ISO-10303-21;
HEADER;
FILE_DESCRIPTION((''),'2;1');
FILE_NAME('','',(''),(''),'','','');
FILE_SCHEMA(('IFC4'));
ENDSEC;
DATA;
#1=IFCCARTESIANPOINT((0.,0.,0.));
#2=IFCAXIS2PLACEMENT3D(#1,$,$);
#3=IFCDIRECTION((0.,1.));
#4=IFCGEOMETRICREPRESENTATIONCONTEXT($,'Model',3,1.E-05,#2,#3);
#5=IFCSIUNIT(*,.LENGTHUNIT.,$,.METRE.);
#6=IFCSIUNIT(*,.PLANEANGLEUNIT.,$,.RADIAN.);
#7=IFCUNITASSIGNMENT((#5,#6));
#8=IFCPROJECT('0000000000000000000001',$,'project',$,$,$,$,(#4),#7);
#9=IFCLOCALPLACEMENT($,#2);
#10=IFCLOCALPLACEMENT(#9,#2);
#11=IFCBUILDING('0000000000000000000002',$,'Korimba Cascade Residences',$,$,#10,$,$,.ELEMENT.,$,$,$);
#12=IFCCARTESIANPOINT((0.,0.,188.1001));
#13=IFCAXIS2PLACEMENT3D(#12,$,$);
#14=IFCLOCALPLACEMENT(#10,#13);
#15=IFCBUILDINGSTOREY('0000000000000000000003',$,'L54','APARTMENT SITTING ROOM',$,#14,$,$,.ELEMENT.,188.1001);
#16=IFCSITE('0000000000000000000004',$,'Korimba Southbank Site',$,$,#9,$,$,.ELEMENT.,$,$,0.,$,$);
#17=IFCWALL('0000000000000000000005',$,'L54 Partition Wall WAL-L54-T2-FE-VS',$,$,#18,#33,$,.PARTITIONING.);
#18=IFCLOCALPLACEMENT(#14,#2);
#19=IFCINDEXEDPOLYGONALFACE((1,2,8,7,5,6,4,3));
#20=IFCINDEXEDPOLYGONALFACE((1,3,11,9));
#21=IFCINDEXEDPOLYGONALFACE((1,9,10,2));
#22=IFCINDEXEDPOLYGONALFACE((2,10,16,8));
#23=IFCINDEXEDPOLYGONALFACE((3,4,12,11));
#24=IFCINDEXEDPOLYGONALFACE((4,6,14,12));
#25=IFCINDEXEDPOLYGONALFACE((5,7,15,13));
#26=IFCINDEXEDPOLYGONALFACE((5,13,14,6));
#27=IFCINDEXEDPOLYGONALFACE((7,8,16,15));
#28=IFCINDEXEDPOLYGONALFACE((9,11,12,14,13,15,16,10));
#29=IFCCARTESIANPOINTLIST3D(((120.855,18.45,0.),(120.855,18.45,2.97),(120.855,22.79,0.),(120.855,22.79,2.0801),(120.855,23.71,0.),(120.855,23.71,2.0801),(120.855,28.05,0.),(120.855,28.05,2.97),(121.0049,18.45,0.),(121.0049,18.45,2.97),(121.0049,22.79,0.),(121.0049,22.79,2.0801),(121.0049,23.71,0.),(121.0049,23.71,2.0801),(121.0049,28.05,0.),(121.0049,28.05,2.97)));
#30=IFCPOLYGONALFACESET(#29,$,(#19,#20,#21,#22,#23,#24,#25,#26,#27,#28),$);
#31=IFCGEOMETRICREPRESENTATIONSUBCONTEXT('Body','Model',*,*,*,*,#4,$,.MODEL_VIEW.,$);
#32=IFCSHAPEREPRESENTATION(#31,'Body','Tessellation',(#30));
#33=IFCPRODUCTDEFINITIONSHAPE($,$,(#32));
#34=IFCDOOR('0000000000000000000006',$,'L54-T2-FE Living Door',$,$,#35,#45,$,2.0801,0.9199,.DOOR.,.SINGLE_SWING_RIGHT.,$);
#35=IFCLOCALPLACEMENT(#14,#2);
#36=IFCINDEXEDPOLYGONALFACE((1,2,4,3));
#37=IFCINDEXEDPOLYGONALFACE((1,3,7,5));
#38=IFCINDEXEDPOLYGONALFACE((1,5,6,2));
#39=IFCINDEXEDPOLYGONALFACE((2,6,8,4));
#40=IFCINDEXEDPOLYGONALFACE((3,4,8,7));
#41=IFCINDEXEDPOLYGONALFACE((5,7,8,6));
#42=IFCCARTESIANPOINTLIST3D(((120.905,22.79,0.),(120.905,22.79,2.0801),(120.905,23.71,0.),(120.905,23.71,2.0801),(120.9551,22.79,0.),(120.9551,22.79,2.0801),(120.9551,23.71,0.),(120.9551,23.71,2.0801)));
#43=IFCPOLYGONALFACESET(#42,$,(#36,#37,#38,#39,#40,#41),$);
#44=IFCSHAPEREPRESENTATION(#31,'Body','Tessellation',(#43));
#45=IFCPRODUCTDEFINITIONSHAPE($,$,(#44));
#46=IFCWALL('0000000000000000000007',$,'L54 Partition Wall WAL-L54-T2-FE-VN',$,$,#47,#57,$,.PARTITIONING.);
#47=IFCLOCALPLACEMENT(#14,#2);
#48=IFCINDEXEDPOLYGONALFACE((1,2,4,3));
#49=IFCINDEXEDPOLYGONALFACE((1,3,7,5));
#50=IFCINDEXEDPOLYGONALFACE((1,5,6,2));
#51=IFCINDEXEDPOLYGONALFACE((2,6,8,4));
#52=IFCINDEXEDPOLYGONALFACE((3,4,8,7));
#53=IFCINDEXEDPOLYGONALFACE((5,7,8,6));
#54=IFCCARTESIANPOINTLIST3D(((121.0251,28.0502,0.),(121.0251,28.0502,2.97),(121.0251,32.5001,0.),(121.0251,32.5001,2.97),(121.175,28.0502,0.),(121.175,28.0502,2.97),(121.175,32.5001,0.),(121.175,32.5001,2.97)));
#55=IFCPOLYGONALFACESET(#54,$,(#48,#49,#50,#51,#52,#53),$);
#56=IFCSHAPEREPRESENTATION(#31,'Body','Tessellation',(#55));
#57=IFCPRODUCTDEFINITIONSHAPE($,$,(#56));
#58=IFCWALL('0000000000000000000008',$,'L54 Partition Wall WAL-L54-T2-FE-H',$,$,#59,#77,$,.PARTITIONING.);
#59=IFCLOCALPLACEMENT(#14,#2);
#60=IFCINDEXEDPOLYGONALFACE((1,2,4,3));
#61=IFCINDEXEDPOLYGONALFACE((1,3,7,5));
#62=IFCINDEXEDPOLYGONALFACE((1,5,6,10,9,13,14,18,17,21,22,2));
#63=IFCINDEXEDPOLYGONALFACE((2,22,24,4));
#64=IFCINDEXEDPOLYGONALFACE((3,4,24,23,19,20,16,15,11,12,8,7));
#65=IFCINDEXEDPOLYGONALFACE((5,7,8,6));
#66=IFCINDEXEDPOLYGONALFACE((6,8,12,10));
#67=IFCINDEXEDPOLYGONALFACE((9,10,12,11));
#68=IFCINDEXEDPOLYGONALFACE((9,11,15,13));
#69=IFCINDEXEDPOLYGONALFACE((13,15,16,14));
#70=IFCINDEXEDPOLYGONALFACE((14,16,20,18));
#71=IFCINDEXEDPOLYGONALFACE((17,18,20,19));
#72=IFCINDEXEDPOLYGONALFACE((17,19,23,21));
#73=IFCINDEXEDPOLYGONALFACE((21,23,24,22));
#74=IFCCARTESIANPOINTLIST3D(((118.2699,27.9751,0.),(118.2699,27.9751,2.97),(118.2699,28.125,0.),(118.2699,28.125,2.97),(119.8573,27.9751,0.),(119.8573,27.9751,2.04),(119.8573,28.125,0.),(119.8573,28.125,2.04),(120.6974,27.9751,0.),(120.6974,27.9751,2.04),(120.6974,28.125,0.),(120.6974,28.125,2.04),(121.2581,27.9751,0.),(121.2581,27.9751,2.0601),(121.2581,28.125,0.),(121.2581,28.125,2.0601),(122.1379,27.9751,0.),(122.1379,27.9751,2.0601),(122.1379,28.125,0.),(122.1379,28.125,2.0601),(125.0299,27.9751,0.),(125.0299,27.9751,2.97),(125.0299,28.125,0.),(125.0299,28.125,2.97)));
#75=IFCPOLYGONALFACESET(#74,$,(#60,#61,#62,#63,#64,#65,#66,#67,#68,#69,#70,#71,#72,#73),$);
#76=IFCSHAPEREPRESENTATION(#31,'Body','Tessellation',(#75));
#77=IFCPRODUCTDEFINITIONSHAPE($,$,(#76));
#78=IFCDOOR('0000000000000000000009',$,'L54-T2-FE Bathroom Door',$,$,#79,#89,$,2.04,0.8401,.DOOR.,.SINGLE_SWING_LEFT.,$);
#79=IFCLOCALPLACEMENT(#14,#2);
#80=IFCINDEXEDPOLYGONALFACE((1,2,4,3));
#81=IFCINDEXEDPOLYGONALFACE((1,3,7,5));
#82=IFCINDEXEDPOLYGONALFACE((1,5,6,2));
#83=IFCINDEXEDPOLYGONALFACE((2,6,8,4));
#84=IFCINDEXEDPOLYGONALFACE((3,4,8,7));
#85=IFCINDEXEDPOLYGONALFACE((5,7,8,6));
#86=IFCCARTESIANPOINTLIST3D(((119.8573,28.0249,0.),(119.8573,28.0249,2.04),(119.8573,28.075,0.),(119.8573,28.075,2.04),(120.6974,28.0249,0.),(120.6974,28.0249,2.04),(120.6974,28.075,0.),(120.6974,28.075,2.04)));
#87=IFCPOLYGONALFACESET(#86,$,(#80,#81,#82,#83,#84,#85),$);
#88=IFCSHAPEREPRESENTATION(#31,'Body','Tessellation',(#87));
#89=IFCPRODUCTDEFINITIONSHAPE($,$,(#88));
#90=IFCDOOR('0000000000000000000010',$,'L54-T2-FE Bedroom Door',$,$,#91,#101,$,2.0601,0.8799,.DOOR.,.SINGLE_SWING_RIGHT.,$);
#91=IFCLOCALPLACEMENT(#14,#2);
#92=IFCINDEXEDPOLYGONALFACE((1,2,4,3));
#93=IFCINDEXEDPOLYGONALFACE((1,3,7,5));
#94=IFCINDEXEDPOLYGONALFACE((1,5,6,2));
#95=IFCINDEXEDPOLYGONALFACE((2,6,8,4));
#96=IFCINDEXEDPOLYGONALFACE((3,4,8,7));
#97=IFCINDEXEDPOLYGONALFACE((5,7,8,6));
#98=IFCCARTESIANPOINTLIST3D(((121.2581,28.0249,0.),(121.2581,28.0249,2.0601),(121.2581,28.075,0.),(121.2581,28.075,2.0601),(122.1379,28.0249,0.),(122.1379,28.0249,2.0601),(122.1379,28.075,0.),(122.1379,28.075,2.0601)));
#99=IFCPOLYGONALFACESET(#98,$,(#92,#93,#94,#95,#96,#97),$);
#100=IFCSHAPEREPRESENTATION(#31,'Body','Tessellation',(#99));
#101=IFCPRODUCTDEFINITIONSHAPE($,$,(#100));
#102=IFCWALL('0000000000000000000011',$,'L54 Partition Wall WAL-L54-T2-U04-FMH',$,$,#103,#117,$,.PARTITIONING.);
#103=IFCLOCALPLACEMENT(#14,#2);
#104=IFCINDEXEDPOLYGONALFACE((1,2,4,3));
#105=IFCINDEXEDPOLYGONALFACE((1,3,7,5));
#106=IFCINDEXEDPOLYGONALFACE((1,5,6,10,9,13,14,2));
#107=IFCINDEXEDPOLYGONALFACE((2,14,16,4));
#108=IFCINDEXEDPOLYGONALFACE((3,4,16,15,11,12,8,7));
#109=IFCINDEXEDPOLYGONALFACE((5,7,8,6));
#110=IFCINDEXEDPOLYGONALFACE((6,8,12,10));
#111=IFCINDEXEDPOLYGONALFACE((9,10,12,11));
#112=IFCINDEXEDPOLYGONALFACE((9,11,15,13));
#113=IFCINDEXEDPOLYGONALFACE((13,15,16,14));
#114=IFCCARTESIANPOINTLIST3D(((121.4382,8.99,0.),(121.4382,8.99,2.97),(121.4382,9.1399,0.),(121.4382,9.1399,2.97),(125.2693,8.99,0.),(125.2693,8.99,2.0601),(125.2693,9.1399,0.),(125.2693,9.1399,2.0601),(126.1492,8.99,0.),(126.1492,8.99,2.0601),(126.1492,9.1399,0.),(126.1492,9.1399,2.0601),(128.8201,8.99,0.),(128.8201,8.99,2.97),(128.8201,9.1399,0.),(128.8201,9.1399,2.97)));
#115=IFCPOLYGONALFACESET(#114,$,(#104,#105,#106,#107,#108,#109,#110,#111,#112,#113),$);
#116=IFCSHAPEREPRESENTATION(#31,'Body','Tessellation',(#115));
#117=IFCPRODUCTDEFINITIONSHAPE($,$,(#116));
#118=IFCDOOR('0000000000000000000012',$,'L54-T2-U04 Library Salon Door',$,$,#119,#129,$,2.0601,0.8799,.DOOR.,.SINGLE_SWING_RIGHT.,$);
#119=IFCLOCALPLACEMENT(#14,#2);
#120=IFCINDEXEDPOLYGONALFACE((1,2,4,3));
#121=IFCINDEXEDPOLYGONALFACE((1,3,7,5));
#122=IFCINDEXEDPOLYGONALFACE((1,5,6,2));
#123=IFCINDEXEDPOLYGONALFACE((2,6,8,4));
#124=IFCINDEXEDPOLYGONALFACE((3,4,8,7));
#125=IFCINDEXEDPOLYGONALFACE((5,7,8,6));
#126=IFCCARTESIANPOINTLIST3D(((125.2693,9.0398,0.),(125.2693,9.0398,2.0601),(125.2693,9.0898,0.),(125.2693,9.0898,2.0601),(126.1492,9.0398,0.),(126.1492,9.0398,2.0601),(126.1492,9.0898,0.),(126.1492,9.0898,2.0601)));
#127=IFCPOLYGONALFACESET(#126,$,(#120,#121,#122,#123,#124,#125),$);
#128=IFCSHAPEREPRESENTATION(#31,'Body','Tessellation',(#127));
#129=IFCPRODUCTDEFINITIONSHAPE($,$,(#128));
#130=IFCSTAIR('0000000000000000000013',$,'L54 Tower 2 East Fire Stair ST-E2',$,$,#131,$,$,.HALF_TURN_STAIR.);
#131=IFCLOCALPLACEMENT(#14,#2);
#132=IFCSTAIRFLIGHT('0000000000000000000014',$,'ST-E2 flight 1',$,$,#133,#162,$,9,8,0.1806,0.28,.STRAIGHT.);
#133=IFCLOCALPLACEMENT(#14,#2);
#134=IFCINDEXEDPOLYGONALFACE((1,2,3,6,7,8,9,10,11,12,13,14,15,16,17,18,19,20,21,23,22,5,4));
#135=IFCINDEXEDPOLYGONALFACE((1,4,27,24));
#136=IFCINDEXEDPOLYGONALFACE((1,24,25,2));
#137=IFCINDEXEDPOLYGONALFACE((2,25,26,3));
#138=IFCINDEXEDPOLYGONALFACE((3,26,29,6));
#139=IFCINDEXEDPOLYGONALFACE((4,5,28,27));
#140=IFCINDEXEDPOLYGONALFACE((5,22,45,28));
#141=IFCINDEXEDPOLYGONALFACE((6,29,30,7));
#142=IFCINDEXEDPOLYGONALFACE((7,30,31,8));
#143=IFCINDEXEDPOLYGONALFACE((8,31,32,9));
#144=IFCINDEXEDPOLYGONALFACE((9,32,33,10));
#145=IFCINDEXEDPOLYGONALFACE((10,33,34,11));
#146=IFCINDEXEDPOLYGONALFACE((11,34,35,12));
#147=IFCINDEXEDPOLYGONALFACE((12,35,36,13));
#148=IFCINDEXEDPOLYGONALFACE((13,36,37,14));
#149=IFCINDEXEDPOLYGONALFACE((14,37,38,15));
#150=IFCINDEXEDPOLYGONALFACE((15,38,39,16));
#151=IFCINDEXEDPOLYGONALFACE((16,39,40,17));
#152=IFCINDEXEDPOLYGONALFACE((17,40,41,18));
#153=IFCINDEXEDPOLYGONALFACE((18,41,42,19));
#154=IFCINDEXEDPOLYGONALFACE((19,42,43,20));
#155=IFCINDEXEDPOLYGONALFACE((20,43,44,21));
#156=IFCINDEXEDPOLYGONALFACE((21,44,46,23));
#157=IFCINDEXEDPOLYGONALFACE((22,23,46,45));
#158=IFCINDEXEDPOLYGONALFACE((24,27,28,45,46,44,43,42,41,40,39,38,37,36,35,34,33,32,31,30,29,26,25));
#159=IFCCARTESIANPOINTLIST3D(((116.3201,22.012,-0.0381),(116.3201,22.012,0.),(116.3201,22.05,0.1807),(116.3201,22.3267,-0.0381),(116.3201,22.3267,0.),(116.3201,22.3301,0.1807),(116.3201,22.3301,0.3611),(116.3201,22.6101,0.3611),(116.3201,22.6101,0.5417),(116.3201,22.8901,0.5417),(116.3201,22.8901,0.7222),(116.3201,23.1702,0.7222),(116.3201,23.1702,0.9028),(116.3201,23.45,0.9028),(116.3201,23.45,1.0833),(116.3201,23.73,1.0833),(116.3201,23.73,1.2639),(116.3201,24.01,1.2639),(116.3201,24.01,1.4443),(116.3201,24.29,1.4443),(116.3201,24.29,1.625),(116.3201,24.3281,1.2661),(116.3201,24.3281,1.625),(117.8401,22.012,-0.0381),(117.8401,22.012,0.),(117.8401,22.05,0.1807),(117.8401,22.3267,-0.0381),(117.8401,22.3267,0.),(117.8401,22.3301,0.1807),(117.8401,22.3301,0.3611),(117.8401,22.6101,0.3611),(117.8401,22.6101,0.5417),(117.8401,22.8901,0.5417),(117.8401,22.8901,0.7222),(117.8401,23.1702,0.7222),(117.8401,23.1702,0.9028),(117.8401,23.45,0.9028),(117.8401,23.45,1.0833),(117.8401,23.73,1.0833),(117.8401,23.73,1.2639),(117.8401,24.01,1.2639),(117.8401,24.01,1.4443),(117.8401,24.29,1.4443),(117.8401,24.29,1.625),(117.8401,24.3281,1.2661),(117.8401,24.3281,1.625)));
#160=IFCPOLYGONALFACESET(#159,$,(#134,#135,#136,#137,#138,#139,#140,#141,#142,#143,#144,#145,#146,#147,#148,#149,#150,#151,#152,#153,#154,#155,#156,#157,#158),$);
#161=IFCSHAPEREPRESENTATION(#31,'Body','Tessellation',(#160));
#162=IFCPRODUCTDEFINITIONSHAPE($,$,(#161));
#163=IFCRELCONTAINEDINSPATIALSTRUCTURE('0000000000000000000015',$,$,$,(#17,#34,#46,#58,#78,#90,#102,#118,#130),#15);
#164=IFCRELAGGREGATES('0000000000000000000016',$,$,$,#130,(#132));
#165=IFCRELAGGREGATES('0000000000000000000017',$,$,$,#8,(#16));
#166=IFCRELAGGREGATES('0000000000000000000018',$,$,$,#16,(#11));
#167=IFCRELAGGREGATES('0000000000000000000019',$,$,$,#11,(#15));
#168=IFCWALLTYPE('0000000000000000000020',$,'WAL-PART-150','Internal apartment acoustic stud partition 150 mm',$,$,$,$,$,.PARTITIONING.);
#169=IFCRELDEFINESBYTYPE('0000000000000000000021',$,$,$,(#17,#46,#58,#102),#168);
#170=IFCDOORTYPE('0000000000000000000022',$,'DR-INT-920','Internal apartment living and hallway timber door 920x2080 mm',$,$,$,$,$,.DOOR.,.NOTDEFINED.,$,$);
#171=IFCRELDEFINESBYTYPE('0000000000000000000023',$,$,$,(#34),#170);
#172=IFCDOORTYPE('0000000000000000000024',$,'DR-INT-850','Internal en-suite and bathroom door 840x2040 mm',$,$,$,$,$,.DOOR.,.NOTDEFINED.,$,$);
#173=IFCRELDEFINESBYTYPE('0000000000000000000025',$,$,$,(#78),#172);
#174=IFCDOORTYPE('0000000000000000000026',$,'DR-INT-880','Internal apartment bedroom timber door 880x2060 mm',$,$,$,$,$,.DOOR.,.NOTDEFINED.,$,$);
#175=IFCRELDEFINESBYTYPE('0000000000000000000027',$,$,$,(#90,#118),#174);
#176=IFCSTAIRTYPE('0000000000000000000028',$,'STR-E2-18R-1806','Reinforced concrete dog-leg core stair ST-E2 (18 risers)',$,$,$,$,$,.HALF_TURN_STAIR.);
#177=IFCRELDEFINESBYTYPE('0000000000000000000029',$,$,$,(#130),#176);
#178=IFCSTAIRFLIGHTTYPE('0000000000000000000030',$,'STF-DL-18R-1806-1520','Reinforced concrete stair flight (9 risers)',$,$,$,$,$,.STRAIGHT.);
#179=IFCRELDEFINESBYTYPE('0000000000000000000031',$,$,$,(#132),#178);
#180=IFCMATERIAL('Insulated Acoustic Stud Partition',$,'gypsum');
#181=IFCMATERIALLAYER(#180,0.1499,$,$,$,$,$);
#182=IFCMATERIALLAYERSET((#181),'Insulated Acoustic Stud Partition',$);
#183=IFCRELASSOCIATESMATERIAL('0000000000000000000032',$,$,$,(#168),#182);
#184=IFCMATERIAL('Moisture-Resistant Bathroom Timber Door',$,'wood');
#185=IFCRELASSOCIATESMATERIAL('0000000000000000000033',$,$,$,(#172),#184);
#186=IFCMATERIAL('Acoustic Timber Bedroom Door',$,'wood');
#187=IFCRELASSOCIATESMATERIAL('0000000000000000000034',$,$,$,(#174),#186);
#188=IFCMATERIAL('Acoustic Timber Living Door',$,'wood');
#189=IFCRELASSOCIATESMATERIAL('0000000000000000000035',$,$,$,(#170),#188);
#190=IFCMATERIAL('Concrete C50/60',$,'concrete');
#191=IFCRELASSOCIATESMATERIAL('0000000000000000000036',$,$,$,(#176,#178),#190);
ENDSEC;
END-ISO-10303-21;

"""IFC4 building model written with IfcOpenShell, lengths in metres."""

from ifc_helpers import new_model, si_unit, direction, frame, frame_2d, origin, place, context, subcontext, project, spatial, polyline, rectangle, outline, extrude, material, layer, layer_set, type_object, element, fill, aggregate, save


model = new_model("IFC4")

# Units and contexts
model_context = context("Model", 3, precision=1e-05, world=origin(), true_north=direction((0.0, 1.0)))
body_context = subcontext(model_context, "Body", "Model", "MODEL_VIEW")
ifc_project = project(units=[si_unit("LENGTHUNIT", "METRE"), si_unit("PLANEANGLEUNIT", "RADIAN")], contexts=[model_context])

# Site, building, storey
site_placement = place(None, origin())
site = spatial("IfcSite", under=ifc_project, at=site_placement, Name="Korimba Southbank Site", CompositionType="ELEMENT", RefElevation=0.0)
building_placement = place(site_placement, origin())
building = spatial("IfcBuilding", under=site, at=building_placement, Name="Korimba Cascade Residences", CompositionType="ELEMENT")
storey_placement = place(building_placement, frame((0.0, 0.0, 188.1001)))
storey = spatial("IfcBuildingStorey", under=building, at=storey_placement, Name="L54", Description="APARTMENT SITTING ROOM", CompositionType="ELEMENT", Elevation=188.1001)

# Shared definitions
ifc_material_1 = material(Name="Concrete C50/60", Category="concrete")

# Wall, opening, door
ifc_material_2 = material(Name="Insulated Acoustic Stud Partition", Category="gypsum")
ifc_layer_1 = layer(ifc_material_2, 0.1499)
ifc_layer_set_1 = layer_set([ifc_layer_1], Name="Insulated Acoustic Stud Partition")
wall_type_1 = type_object("IfcWallType", Name="WAL-PART-150", Description="Internal apartment acoustic stud partition 150 mm", PredefinedType="PARTITIONING", material=ifc_layer_set_1)
ifc_material_3 = material(Name="Moisture-Resistant Bathroom Timber Door", Category="wood")
door_type_1 = type_object("IfcDoorType", Name="DR-INT-850", Description="Internal en-suite and bathroom door 840x2040 mm", OperationType="NOTDEFINED", PredefinedType="DOOR", material=ifc_material_3)
ifc_material_4 = material(Name="Acoustic Timber Bedroom Door", Category="wood")
door_type_2 = type_object("IfcDoorType", Name="DR-INT-880", Description="Internal apartment bedroom timber door 880x2060 mm", OperationType="NOTDEFINED", PredefinedType="DOOR", material=ifc_material_4)
wall_1_placement = place(storey_placement, frame((120.9299, 18.45, 0.0), z_axis=(0.0, 0.0, 1.0), x_axis=(0.0, 1.0, 0.0)))
wall_1 = element("IfcWall", 1, at=wall_1_placement, inside=storey, type_object=wall_type_1, Name="L54 Partition Wall WAL-L54-T2-FE-VS", PredefinedType="PARTITIONING", context=body_context, shape_type="SweptSolid", body=[
    extrude(rectangle(XDim=9.6001, YDim=0.1499, at=frame_2d((4.8, 0.0))), origin(), (0.0, 0.0, 1.0), 2.97),
])
opening_1_placement = place(wall_1_placement, frame((4.3401, 0.0, 0.0)))
opening_1 = element("IfcOpeningElement", 2, at=opening_1_placement, cuts=wall_1, PredefinedType="OPENING", context=body_context, shape_type="SweptSolid", body=[
    extrude(rectangle(XDim=0.9199, YDim=2.0801, at=frame_2d((0.46, 1.04))), frame((0.0, 0.085, 0.0), z_axis=(0.0, -1.0, 0.0), x_axis=(1.0, 0.0, 0.0)), (0.0, 0.0, 1.0), 0.1699),
])
ifc_material_5 = material(Name="Acoustic Timber Living Door", Category="wood")
door_type_3 = type_object("IfcDoorType", Name="DR-INT-920", Description="Internal apartment living and hallway timber door 920x2080 mm", OperationType="NOTDEFINED", PredefinedType="DOOR", material=ifc_material_5)
door_1_placement = place(opening_1_placement, origin())
door_1 = element("IfcDoor", 3, at=door_1_placement, inside=storey, type_object=door_type_3, Name="L54-T2-FE Living Door", OperationType="SINGLE_SWING_RIGHT", OverallHeight=2.0801, OverallWidth=0.9199, PredefinedType="DOOR", context=body_context, shape_type="SweptSolid", body=[
    extrude(rectangle(XDim=0.9199, YDim=2.0801, at=frame_2d((0.46, 1.04))), frame((0.0, 0.0249, 0.0), z_axis=(0.0, -1.0, 0.0), x_axis=(1.0, 0.0, 0.0)), (0.0, 0.0, 1.0), 0.05),
])
fill(opening_1, door_1)

# Wall
wall_2_placement = place(storey_placement, frame((121.1001, 28.05, 0.0), z_axis=(0.0, 0.0, 1.0), x_axis=(0.0, 1.0, 0.0)))
element("IfcWall", 4, at=wall_2_placement, inside=storey, type_object=wall_type_1, Name="L54 Partition Wall WAL-L54-T2-FE-VN", PredefinedType="PARTITIONING", context=body_context, shape_type="SweptSolid", body=[
    extrude(rectangle(XDim=4.45, YDim=0.1499, at=frame_2d((2.2251, 0.0))), origin(), (0.0, 0.0, 1.0), 2.97),
])

# Wall, openings, doors
wall_3_placement = place(storey_placement, frame((118.27, 28.05, 0.0), z_axis=(0.0, 0.0, 1.0), x_axis=(1.0, 0.0, 0.0)))
wall_3 = element("IfcWall", 5, at=wall_3_placement, inside=storey, type_object=wall_type_1, Name="L54 Partition Wall WAL-L54-T2-FE-H", PredefinedType="PARTITIONING", context=body_context, shape_type="SweptSolid", body=[
    extrude(rectangle(XDim=6.76, YDim=0.1499, at=frame_2d((3.3799, 0.0))), origin(), (0.0, 0.0, 1.0), 2.97),
])
opening_2_placement = place(wall_3_placement, frame((1.5874, 0.0, 0.0)))
opening_2 = element("IfcOpeningElement", 6, at=opening_2_placement, cuts=wall_3, PredefinedType="OPENING", context=body_context, shape_type="SweptSolid", body=[
    extrude(rectangle(XDim=0.8401, YDim=2.04, at=frame_2d((0.4199, 1.02))), frame((0.0, 0.085, 0.0), z_axis=(0.0, -1.0, 0.0), x_axis=(1.0, 0.0, 0.0)), (0.0, 0.0, 1.0), 0.1699),
])
opening_3_placement = place(wall_3_placement, frame((2.988, 0.0, 0.0)))
opening_3 = element("IfcOpeningElement", 7, at=opening_3_placement, cuts=wall_3, PredefinedType="OPENING", context=body_context, shape_type="SweptSolid", body=[
    extrude(rectangle(XDim=0.8799, YDim=2.0601, at=frame_2d((0.4399, 1.03))), frame((0.0, 0.085, 0.0), z_axis=(0.0, -1.0, 0.0), x_axis=(1.0, 0.0, 0.0)), (0.0, 0.0, 1.0), 0.1699),
])
door_2_placement = place(opening_2_placement, origin())
door_2 = element("IfcDoor", 8, at=door_2_placement, inside=storey, type_object=door_type_1, Name="L54-T2-FE Bathroom Door", OperationType="SINGLE_SWING_LEFT", OverallHeight=2.04, OverallWidth=0.8401, PredefinedType="DOOR", context=body_context, shape_type="SweptSolid", body=[
    extrude(rectangle(XDim=0.8401, YDim=2.04, at=frame_2d((0.4199, 1.02))), frame((0.0, 0.0249, 0.0), z_axis=(0.0, -1.0, 0.0), x_axis=(1.0, 0.0, 0.0)), (0.0, 0.0, 1.0), 0.05),
])
fill(opening_2, door_2)
door_3_placement = place(opening_3_placement, origin())
door_3 = element("IfcDoor", 9, at=door_3_placement, inside=storey, type_object=door_type_2, Name="L54-T2-FE Bedroom Door", OperationType="SINGLE_SWING_RIGHT", OverallHeight=2.0601, OverallWidth=0.8799, PredefinedType="DOOR", context=body_context, shape_type="SweptSolid", body=[
    extrude(rectangle(XDim=0.8799, YDim=2.0601, at=frame_2d((0.4399, 1.03))), frame((0.0, 0.0249, 0.0), z_axis=(0.0, -1.0, 0.0), x_axis=(1.0, 0.0, 0.0)), (0.0, 0.0, 1.0), 0.05),
])
fill(opening_3, door_3)

# Wall, opening, door
wall_4_placement = place(storey_placement, frame((121.4382, 9.0649, 0.0), z_axis=(0.0, 0.0, 1.0), x_axis=(1.0, 0.0, 0.0)))
wall_4 = element("IfcWall", 10, at=wall_4_placement, inside=storey, type_object=wall_type_1, Name="L54 Partition Wall WAL-L54-T2-U04-FMH", PredefinedType="PARTITIONING", context=body_context, shape_type="SweptSolid", body=[
    extrude(rectangle(XDim=7.3818, YDim=0.1499, at=frame_2d((3.6909, 0.0))), origin(), (0.0, 0.0, 1.0), 2.97),
])
opening_4_placement = place(wall_4_placement, frame((3.8311, 0.0, 0.0)))
opening_4 = element("IfcOpeningElement", 11, at=opening_4_placement, cuts=wall_4, PredefinedType="OPENING", context=body_context, shape_type="SweptSolid", body=[
    extrude(rectangle(XDim=0.8799, YDim=2.0601, at=frame_2d((0.4399, 1.03))), frame((0.0, 0.085, 0.0), z_axis=(0.0, -1.0, 0.0), x_axis=(1.0, 0.0, 0.0)), (0.0, 0.0, 1.0), 0.1699),
])
door_4_placement = place(opening_4_placement, origin())
door_4 = element("IfcDoor", 12, at=door_4_placement, inside=storey, type_object=door_type_2, Name="L54-T2-U04 Library Salon Door", OperationType="SINGLE_SWING_RIGHT", OverallHeight=2.0601, OverallWidth=0.8799, PredefinedType="DOOR", context=body_context, shape_type="SweptSolid", body=[
    extrude(rectangle(XDim=0.8799, YDim=2.0601, at=frame_2d((0.4399, 1.03))), frame((0.0, 0.0249, 0.0), z_axis=(0.0, -1.0, 0.0), x_axis=(1.0, 0.0, 0.0)), (0.0, 0.0, 1.0), 0.05),
])
fill(opening_4, door_4)

# Stair, stair flight
stair_type = type_object("IfcStairType", Name="STR-E2-18R-1806", Description="Reinforced concrete dog-leg core stair ST-E2 (18 risers)", PredefinedType="HALF_TURN_STAIR", material=ifc_material_1)
stair_placement = place(storey_placement, origin())
stair = element("IfcStair", 13, at=stair_placement, inside=storey, type_object=stair_type, Name="L54 Tower 2 East Fire Stair ST-E2", PredefinedType="HALF_TURN_STAIR")
stair_flight_type = type_object("IfcStairFlightType", Name="STF-DL-18R-1806-1520", Description="Reinforced concrete stair flight (9 risers)", PredefinedType="STRAIGHT", material=ifc_material_1)
stair_flight_placement = place(storey_placement, frame((117.0801, 22.05, 0.0), z_axis=(0.0, 0.0, 1.0), x_axis=(0.0, 1.0, 0.0)))
stair_flight = element("IfcStairFlight", 14, at=stair_flight_placement, type_object=stair_flight_type, Name="ST-E2 flight 1", NumberOfRisers=9, NumberOfTreads=8, PredefinedType="STRAIGHT", RiserHeight=0.1806, TreadLength=0.28, context=body_context, shape_type="SweptSolid", body=[
    extrude(outline(polyline([(-0.0381, 0.0), (0.0, 0.1807), (0.28, 0.1807), (0.28, 0.3611), (0.5601, 0.3611), (0.5601, 0.5417), (0.8401, 0.5417), (0.8401, 0.7222), (1.1201, 0.7222), (1.1201, 0.9028), (1.3999, 0.9028), (1.3999, 1.0833), (1.6799, 1.0833), (1.6799, 1.2639), (1.96, 1.2639), (1.96, 1.4443), (2.24, 1.4443), (2.24, 1.625), (2.2781, 1.625), (2.2781, 1.2661), (0.2766, 0.0), (0.2766, -0.0381), (-0.0381, -0.0381), (-0.0381, 0.0)])), frame((0.0, 0.76, 0.0), z_axis=(0.0, -1.0, 0.0), x_axis=(1.0, 0.0, 0.0)), (0.0, 0.0, 1.0), 1.52),
])
aggregate(stair, [stair_flight])

save(model, "model.ifc")
